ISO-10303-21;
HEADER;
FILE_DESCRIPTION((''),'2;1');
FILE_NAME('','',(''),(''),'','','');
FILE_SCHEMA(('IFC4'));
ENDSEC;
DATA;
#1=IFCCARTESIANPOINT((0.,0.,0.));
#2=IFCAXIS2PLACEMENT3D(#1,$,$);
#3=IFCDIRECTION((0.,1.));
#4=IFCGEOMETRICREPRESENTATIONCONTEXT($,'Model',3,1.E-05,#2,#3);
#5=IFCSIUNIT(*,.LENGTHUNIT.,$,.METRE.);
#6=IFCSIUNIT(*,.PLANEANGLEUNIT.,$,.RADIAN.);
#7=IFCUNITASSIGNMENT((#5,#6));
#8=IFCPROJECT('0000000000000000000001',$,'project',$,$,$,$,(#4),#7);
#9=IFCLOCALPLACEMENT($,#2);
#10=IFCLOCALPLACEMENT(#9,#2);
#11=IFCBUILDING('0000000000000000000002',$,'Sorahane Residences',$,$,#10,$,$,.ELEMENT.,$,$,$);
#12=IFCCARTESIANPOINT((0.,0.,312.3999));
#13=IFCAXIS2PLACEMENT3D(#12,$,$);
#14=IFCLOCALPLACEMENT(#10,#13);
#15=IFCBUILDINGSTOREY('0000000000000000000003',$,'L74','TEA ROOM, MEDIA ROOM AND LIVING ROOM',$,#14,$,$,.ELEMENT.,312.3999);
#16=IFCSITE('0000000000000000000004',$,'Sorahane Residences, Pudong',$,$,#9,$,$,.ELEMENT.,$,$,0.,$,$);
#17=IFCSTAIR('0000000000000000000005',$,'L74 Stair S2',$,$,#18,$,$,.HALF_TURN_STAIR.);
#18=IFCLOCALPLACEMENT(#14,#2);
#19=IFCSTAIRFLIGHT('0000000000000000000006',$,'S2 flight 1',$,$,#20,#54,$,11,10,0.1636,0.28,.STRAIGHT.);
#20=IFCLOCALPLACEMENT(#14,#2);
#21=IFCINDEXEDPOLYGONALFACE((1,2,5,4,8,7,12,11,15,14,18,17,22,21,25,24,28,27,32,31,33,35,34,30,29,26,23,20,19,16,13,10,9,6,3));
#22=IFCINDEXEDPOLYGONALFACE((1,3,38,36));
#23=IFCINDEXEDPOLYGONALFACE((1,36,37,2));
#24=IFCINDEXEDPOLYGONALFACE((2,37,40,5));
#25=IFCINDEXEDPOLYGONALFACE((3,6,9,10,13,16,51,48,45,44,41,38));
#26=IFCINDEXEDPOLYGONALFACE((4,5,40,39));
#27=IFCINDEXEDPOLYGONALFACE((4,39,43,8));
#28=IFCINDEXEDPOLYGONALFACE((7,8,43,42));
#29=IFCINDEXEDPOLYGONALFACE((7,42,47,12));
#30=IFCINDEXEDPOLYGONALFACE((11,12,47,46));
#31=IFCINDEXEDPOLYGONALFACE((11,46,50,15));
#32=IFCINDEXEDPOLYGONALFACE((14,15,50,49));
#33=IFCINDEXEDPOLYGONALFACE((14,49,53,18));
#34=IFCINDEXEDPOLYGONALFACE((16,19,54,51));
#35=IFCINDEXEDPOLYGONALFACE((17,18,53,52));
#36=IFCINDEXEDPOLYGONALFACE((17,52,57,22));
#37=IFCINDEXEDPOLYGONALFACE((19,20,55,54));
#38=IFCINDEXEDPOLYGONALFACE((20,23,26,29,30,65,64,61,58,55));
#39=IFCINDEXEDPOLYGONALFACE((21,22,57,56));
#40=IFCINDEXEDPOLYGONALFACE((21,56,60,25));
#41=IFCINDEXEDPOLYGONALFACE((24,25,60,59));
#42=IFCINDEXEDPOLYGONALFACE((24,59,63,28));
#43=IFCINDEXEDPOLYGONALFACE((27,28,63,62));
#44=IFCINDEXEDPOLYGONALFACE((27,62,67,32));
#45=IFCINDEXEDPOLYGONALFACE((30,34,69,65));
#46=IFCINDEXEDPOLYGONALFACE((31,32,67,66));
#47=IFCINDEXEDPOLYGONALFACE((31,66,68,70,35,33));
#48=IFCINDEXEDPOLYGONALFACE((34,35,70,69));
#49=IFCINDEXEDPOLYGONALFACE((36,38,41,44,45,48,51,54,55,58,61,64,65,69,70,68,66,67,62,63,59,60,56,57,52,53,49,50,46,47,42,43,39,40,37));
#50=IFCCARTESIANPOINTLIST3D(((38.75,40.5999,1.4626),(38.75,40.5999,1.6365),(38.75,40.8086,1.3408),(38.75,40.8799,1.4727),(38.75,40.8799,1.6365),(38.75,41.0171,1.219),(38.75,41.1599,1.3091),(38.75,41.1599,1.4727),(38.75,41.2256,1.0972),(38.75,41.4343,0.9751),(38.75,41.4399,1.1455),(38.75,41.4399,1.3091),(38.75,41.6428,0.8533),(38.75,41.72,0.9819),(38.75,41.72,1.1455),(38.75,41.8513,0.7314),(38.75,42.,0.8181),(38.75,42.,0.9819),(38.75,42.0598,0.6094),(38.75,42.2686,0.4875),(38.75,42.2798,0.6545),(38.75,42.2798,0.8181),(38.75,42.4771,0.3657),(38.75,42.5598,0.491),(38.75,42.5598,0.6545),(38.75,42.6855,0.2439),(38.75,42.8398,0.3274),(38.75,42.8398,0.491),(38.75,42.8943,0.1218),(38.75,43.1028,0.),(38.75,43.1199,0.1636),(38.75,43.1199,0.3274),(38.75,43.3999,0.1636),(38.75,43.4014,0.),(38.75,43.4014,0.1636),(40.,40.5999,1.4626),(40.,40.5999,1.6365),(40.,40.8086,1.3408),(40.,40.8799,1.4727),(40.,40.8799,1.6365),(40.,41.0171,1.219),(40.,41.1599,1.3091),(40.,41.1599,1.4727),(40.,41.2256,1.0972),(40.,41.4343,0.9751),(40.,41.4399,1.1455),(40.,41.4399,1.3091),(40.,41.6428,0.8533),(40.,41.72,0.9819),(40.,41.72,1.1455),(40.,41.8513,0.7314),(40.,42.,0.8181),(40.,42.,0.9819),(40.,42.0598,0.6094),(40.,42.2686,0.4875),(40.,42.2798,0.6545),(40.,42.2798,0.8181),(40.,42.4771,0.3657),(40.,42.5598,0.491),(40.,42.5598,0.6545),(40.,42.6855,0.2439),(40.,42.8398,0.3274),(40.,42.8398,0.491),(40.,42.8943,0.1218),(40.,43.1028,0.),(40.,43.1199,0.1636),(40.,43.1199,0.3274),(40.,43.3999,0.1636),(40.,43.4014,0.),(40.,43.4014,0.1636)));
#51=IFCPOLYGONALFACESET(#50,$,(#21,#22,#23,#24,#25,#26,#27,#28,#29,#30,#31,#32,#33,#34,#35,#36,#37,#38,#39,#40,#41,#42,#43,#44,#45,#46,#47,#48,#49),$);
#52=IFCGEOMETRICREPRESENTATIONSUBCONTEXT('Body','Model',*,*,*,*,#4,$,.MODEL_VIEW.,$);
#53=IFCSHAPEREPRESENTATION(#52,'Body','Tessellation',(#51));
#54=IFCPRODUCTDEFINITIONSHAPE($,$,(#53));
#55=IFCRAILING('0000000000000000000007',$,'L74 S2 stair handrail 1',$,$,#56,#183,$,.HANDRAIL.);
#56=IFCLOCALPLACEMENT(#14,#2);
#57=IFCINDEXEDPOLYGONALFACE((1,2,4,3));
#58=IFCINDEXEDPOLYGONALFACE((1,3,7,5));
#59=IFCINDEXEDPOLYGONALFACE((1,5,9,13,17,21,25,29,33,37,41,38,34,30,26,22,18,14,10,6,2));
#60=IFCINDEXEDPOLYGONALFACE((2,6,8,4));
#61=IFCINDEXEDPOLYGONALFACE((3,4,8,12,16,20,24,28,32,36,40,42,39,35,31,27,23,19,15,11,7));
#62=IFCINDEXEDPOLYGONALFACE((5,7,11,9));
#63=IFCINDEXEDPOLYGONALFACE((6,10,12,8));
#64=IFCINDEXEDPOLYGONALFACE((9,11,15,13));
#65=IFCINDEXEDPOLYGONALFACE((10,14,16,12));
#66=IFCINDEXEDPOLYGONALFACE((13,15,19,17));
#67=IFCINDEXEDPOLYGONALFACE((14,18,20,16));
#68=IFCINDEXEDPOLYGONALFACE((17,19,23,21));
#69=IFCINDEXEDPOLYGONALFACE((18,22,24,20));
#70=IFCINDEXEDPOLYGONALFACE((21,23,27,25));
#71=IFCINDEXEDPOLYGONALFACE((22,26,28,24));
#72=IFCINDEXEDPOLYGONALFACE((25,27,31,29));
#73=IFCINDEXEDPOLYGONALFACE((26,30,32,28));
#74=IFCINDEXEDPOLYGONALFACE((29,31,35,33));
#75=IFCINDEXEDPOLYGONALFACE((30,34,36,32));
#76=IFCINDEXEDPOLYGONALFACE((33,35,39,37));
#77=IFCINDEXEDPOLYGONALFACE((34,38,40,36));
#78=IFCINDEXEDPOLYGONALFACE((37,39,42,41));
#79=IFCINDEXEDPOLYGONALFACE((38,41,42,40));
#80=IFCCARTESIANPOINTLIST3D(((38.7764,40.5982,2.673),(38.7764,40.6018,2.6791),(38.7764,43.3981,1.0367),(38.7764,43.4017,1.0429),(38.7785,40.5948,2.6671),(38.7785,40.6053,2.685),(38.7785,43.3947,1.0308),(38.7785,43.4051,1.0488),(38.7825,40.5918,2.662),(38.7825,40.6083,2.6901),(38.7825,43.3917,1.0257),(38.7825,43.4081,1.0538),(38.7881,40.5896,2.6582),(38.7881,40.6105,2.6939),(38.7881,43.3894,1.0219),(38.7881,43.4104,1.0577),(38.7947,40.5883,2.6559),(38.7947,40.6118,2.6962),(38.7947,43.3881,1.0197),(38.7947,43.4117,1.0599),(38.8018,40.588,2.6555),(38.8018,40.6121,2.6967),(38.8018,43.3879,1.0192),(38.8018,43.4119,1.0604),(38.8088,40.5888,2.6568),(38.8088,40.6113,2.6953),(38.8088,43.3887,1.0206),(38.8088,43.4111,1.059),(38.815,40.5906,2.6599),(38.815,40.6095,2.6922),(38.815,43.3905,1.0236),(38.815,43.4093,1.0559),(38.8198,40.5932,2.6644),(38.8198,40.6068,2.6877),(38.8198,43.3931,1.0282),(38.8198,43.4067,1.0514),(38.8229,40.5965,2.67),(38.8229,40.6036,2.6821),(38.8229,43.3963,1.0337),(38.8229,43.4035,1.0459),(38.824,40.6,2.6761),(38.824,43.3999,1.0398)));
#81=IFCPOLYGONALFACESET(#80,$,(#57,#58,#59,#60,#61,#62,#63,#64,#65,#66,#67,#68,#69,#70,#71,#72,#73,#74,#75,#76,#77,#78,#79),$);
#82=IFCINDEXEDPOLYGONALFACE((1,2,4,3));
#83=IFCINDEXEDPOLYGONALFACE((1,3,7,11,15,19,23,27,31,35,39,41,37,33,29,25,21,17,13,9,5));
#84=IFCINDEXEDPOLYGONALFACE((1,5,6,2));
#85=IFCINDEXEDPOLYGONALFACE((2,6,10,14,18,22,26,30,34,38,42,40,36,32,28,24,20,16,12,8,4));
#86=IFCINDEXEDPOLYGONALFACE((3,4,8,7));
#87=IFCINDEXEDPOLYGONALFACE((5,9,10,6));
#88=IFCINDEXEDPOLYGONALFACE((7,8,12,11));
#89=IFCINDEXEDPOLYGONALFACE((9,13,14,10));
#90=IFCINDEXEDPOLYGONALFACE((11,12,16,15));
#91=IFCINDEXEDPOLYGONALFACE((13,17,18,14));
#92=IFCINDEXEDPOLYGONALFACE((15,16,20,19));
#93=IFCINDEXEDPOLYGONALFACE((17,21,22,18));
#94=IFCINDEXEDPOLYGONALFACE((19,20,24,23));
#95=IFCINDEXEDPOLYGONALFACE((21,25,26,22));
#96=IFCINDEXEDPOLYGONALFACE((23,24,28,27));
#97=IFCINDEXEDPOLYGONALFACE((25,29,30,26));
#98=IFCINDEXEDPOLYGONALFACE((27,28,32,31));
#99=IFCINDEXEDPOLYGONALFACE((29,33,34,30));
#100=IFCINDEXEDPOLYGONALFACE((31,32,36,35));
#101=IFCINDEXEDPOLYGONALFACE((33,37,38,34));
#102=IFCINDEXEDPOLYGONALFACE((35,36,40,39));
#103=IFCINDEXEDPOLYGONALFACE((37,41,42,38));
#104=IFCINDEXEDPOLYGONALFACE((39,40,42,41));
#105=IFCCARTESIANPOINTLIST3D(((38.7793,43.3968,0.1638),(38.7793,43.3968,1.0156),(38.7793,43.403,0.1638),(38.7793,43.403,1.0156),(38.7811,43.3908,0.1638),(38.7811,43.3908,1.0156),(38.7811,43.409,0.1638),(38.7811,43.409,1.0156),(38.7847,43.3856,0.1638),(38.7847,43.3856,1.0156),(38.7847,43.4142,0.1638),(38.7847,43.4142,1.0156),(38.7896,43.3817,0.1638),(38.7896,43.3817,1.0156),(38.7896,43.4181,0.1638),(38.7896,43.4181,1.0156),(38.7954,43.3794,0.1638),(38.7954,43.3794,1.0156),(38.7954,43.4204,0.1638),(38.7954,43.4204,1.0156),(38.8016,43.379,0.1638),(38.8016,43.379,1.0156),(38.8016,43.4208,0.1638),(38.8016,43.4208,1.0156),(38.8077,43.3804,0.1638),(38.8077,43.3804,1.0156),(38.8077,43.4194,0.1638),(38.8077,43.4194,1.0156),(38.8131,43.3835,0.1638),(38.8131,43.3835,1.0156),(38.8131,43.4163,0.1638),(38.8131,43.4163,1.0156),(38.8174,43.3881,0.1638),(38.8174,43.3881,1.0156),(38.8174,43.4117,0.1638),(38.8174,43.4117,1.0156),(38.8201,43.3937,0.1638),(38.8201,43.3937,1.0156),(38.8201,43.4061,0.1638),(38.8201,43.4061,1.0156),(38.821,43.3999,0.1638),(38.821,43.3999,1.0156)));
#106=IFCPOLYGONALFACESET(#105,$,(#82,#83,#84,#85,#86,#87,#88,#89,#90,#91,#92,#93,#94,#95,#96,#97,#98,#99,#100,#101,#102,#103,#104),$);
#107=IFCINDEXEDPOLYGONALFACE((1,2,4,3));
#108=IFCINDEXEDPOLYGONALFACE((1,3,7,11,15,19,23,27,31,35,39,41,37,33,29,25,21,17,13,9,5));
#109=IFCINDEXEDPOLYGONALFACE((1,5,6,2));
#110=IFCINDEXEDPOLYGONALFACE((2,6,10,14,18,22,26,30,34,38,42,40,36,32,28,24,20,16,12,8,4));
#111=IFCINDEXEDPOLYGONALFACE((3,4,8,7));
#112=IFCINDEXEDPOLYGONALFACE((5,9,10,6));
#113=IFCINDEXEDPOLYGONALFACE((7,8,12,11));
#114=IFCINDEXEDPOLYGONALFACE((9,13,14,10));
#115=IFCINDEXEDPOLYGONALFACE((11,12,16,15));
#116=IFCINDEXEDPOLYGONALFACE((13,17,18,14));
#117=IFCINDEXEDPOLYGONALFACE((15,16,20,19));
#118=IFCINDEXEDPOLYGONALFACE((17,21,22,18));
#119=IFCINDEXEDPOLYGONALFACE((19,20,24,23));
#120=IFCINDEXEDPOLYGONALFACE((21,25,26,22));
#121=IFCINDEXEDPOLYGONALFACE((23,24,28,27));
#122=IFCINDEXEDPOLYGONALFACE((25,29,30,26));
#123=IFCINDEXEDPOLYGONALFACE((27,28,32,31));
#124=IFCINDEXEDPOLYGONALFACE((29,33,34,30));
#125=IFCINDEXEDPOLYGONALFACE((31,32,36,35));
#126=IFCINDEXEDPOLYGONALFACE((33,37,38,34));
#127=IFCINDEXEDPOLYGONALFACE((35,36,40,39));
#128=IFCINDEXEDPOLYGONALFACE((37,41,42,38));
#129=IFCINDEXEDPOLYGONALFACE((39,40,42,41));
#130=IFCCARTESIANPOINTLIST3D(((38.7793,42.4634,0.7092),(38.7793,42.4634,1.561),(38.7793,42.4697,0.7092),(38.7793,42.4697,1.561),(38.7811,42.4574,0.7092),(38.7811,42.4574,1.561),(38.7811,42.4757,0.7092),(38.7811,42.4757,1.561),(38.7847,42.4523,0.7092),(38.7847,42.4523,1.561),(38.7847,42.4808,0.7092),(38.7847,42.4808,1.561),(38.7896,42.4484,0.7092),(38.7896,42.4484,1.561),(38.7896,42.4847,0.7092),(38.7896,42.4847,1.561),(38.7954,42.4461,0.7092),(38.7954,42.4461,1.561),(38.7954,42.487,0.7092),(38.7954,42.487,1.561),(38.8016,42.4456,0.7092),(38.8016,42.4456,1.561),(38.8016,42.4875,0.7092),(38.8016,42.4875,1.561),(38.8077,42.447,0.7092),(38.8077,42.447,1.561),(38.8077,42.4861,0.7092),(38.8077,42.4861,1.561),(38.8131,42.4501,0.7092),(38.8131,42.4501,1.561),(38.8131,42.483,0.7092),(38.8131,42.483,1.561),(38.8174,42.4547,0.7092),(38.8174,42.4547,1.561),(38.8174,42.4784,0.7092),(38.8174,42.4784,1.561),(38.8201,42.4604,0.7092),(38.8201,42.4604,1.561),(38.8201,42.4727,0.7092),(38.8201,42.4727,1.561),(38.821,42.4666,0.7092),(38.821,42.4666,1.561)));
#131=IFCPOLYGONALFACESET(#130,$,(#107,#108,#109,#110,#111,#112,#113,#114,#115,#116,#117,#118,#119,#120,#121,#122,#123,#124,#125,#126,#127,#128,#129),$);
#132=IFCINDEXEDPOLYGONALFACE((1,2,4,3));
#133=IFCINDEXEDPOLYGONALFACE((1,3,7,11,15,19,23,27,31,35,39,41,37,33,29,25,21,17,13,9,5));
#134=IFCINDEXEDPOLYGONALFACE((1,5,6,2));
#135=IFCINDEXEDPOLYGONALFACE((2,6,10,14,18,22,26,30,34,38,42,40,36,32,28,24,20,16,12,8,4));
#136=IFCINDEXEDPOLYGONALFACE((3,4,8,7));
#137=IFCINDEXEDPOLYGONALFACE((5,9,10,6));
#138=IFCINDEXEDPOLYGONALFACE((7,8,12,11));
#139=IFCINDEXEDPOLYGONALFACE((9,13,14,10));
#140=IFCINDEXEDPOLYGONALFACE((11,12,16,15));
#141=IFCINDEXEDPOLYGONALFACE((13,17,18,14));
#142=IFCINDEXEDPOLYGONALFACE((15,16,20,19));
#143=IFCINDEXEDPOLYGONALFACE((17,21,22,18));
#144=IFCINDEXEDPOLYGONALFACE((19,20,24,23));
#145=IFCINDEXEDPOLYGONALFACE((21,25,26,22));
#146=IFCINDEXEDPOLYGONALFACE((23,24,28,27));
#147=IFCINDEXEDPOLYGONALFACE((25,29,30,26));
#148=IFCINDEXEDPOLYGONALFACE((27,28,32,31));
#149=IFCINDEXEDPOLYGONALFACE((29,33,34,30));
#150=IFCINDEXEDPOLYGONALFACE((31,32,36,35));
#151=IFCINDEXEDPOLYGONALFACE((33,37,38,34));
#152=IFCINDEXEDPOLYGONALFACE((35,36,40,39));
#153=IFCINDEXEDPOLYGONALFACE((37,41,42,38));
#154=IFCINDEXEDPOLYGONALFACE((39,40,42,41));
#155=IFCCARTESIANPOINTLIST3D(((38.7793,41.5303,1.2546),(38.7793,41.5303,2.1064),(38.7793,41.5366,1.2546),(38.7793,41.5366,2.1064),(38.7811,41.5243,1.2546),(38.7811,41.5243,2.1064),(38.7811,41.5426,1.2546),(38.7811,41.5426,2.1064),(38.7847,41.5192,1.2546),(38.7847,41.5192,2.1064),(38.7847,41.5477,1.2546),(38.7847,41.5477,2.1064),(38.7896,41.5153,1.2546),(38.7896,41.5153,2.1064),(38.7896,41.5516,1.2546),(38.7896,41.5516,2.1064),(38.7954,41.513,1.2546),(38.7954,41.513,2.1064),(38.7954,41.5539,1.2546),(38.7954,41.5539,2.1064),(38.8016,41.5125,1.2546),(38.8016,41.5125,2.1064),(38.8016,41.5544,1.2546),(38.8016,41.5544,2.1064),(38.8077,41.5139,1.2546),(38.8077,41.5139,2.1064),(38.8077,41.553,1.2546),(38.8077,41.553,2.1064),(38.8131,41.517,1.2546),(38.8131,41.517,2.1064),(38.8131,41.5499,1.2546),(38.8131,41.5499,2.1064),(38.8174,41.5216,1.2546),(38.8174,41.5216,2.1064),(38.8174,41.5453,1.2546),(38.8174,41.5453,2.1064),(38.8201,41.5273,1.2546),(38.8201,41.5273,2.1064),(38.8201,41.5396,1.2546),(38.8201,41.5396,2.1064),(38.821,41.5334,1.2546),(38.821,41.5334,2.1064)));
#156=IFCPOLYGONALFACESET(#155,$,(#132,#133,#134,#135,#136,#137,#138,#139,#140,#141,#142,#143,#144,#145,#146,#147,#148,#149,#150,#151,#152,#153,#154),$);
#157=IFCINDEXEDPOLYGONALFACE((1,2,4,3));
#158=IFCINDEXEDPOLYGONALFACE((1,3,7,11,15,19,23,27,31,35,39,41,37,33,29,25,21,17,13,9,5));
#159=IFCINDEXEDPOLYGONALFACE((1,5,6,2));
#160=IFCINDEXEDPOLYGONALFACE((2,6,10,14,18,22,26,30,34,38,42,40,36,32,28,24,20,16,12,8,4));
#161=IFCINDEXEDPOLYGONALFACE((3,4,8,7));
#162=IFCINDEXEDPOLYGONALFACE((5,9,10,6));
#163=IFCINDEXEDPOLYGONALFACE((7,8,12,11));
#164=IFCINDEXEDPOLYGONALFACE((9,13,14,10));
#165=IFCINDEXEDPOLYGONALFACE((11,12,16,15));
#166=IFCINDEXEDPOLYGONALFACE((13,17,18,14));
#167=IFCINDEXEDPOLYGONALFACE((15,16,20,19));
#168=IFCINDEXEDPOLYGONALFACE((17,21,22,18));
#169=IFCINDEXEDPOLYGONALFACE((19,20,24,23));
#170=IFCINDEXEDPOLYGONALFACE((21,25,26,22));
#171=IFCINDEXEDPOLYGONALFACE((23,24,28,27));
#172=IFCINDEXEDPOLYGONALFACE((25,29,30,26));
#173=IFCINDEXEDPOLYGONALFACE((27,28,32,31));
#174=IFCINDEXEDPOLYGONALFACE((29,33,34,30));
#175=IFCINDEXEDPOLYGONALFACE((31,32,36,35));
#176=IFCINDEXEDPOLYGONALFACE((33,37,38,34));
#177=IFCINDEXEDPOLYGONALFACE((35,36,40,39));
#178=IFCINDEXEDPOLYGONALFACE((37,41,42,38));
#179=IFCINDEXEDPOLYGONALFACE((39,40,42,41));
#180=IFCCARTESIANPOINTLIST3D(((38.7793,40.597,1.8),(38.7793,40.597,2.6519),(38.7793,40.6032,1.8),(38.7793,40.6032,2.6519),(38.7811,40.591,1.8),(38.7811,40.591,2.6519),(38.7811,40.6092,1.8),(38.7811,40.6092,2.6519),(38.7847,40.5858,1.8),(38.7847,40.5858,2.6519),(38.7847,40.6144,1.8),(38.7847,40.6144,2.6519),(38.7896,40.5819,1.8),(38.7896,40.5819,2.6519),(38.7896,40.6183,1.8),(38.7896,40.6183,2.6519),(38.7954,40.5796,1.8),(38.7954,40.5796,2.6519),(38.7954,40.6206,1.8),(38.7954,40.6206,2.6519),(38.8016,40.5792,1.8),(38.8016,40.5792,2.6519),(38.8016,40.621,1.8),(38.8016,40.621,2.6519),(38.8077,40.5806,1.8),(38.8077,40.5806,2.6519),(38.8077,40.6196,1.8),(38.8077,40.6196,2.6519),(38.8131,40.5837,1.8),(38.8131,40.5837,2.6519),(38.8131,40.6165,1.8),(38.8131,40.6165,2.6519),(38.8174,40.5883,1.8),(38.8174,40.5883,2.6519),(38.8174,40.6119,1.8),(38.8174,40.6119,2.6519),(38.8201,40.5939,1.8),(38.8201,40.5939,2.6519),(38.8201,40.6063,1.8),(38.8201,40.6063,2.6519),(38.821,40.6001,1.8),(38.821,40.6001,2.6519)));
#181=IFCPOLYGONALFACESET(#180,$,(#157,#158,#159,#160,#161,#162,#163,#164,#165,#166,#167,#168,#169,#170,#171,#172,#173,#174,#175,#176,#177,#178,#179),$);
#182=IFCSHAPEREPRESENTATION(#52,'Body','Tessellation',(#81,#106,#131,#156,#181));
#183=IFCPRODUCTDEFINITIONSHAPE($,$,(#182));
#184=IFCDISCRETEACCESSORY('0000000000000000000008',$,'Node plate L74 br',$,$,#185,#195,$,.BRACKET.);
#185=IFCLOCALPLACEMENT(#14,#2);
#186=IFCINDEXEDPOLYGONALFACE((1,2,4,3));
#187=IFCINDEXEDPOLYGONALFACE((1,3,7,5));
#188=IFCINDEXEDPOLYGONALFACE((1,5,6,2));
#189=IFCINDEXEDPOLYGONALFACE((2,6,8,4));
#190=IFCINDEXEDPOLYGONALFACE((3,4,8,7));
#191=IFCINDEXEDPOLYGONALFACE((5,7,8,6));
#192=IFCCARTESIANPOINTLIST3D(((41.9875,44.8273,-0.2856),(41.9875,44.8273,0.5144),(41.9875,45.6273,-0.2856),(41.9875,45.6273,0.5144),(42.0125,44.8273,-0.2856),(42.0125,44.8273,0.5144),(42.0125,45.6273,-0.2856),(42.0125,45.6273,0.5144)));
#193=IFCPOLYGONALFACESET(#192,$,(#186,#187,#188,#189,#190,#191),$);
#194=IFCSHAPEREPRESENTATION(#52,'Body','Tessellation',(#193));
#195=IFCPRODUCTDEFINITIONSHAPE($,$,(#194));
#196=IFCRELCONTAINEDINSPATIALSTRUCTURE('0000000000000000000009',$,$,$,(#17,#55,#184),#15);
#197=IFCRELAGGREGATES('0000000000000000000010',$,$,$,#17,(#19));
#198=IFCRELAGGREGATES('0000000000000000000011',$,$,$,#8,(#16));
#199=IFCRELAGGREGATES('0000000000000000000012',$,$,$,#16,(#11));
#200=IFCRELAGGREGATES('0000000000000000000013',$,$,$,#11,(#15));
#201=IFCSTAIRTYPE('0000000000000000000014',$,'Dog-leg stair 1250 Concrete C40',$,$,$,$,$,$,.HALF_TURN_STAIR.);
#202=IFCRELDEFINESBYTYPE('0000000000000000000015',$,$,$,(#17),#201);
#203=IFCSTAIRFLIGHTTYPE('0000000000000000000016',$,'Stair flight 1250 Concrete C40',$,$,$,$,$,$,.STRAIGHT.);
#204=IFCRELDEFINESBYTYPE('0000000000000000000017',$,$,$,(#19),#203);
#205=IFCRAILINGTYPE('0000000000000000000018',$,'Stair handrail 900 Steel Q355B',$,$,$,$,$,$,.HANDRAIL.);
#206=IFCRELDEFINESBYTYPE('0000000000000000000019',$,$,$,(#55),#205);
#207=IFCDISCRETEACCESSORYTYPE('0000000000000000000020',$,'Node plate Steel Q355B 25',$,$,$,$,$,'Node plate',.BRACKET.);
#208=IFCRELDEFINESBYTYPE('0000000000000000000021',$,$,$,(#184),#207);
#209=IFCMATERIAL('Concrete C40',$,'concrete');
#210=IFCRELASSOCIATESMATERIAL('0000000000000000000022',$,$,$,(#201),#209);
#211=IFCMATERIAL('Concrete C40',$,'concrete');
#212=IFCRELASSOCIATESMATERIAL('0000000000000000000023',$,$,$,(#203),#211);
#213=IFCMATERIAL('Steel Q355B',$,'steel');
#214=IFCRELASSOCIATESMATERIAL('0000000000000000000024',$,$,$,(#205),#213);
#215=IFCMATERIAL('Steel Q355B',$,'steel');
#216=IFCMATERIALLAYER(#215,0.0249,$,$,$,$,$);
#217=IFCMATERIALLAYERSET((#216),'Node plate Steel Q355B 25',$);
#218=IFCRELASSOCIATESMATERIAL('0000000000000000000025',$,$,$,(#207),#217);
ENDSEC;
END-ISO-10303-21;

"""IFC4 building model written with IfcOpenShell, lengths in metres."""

from ifc_helpers import new_model, si_unit, direction, frame, origin, origin_2d, place, context, subcontext, project, spatial, polyline, rectangle, circle, outline, extrude, material, layer, layer_set, type_object, element, aggregate, save


model = new_model("IFC4")

# Units and contexts
model_context = context("Model", 3, precision=1e-05, world=origin(), true_north=direction((0.0, 1.0)))
body_context = subcontext(model_context, "Body", "Model", "MODEL_VIEW")
ifc_project = project(units=[si_unit("LENGTHUNIT", "METRE"), si_unit("PLANEANGLEUNIT", "RADIAN")], contexts=[model_context])

# Site, building, storey
site_placement = place(None, origin())
site = spatial("IfcSite", under=ifc_project, at=site_placement, Name="Sorahane Residences, Pudong", CompositionType="ELEMENT", RefElevation=0.0)
building_placement = place(site_placement, origin())
building = spatial("IfcBuilding", under=site, at=building_placement, Name="Sorahane Residences", CompositionType="ELEMENT")
storey_placement = place(building_placement, frame((0.0, 0.0, 312.3999)))
storey = spatial("IfcBuildingStorey", under=building, at=storey_placement, Name="L74", Description="TEA ROOM, MEDIA ROOM AND LIVING ROOM", CompositionType="ELEMENT", Elevation=312.3999)

# Stair, stair flight
ifc_material_1 = material(Name="Concrete C40", Category="concrete")
stair_type = type_object("IfcStairType", Name="Dog-leg stair 1250 Concrete C40", PredefinedType="HALF_TURN_STAIR", material=ifc_material_1)
stair_placement = place(storey_placement, origin())
stair = element("IfcStair", 1, at=stair_placement, inside=storey, type_object=stair_type, Name="L74 Stair S2", PredefinedType="HALF_TURN_STAIR")
ifc_material_2 = material(Name="Concrete C40", Category="concrete")
stair_flight_type = type_object("IfcStairFlightType", Name="Stair flight 1250 Concrete C40", PredefinedType="STRAIGHT", material=ifc_material_2)
stair_flight_placement = place(storey_placement, frame((39.375, 43.3999, 0.0), z_axis=(0.0, 0.0, 1.0), x_axis=(0.0, -1.0, 0.0)))
stair_flight = element("IfcStairFlight", 2, at=stair_flight_placement, type_object=stair_flight_type, Name="S2 flight 1", NumberOfRisers=11, NumberOfTreads=10, PredefinedType="STRAIGHT", RiserHeight=0.1636, TreadLength=0.28, context=body_context, shape_type="SweptSolid", body=[
    extrude(outline(polyline([(-0.0015, 0.0), (-0.0015, 0.1636), (0.0, 0.1636), (0.28, 0.1636), (0.28, 0.3274), (0.5601, 0.3274), (0.5601, 0.491), (0.8401, 0.491), (0.8401, 0.6545), (1.1201, 0.6545), (1.1201, 0.8181), (1.3999, 0.8181), (1.3999, 0.9819), (1.6799, 0.9819), (1.6799, 1.1455), (1.96, 1.1455), (1.96, 1.3091), (2.24, 1.3091), (2.24, 1.4727), (2.52, 1.4727), (2.52, 1.6365), (2.8, 1.6365), (2.8, 1.8), (2.8, 1.4626), (2.5913, 1.3408), (2.3828, 1.219), (2.1743, 1.0972), (1.9656, 0.9751), (1.7571, 0.8533), (1.5486, 0.7314), (1.3401, 0.6094), (1.1313, 0.4875), (0.9229, 0.3657), (0.7144, 0.2439), (0.5056, 0.1218), (0.2971, 0.0), (-0.0015, 0.0)])), frame((0.0, 0.625, 0.0), z_axis=(0.0, -1.0, 0.0), x_axis=(1.0, 0.0, 0.0)), (0.0, 0.0, 1.0), 1.25),
])
aggregate(stair, [stair_flight])

# Railing
ifc_material_3 = material(Name="Steel Q355B", Category="steel")
railing_type_1 = type_object("IfcRailingType", Name="Stair handrail 900 Steel Q355B", PredefinedType="HANDRAIL", material=ifc_material_3)
railing_1_placement = place(storey_placement, frame((38.8, 43.3999, 0.1638)))
element("IfcRailing", 3, at=railing_1_placement, inside=storey, type_object=railing_type_1, Name="L74 S2 stair handrail 1", PredefinedType="HANDRAIL", context=body_context, shape_type="SweptSolid", body=[
    extrude(circle(Radius=0.0239, at=origin_2d()), frame((0.0, 0.0, 0.876), z_axis=(0.0, -0.863374, 0.504564), x_axis=(1.0, 0.0, 0.0)), (0.0, 0.0, 1.0), 3.2429),
    extrude(circle(Radius=0.021, at=origin_2d()), origin(), (0.0, 0.0, 1.0), 0.8518),
    extrude(circle(Radius=0.021, at=origin_2d()), frame((0.0, -0.9333, 0.5454)), (0.0, 0.0, 1.0), 0.8518),
    extrude(circle(Radius=0.021, at=origin_2d()), frame((0.0, -1.8665, 1.0908)), (0.0, 0.0, 1.0), 0.8518),
    extrude(circle(Radius=0.021, at=origin_2d()), frame((0.0, -2.7998, 1.6362)), (0.0, 0.0, 1.0), 0.8518),
])

# Discrete accessory
ifc_material_4 = material(Name="Steel Q355B", Category="steel")
ifc_layer_1 = layer(ifc_material_4, 0.0249)
ifc_layer_set_1 = layer_set([ifc_layer_1], Name="Node plate Steel Q355B 25")
discrete_accessory_type = type_object("IfcDiscreteAccessoryType", Name="Node plate Steel Q355B 25", ElementType="Node plate", PredefinedType="BRACKET", material=ifc_layer_set_1)
for number, where, z_axis, x_axis, name in (
    (4, (42.0, 45.2273, -0.2856), (0.0, 0.0, 1.0), (0.0, 1.0, 0.0), "Node plate L74 br"),
):
    element("IfcDiscreteAccessory", number, at=place(storey_placement, frame(where, z_axis=z_axis, x_axis=x_axis)), inside=storey, type_object=discrete_accessory_type, Name=name, PredefinedType="BRACKET", context=body_context, shape_type="SweptSolid", body=[
        extrude(rectangle(XDim=0.8, YDim=0.0249, at=origin_2d()), origin(), (0.0, 0.0, 1.0), 0.8),
    ])

save(model, "model.ifc")
